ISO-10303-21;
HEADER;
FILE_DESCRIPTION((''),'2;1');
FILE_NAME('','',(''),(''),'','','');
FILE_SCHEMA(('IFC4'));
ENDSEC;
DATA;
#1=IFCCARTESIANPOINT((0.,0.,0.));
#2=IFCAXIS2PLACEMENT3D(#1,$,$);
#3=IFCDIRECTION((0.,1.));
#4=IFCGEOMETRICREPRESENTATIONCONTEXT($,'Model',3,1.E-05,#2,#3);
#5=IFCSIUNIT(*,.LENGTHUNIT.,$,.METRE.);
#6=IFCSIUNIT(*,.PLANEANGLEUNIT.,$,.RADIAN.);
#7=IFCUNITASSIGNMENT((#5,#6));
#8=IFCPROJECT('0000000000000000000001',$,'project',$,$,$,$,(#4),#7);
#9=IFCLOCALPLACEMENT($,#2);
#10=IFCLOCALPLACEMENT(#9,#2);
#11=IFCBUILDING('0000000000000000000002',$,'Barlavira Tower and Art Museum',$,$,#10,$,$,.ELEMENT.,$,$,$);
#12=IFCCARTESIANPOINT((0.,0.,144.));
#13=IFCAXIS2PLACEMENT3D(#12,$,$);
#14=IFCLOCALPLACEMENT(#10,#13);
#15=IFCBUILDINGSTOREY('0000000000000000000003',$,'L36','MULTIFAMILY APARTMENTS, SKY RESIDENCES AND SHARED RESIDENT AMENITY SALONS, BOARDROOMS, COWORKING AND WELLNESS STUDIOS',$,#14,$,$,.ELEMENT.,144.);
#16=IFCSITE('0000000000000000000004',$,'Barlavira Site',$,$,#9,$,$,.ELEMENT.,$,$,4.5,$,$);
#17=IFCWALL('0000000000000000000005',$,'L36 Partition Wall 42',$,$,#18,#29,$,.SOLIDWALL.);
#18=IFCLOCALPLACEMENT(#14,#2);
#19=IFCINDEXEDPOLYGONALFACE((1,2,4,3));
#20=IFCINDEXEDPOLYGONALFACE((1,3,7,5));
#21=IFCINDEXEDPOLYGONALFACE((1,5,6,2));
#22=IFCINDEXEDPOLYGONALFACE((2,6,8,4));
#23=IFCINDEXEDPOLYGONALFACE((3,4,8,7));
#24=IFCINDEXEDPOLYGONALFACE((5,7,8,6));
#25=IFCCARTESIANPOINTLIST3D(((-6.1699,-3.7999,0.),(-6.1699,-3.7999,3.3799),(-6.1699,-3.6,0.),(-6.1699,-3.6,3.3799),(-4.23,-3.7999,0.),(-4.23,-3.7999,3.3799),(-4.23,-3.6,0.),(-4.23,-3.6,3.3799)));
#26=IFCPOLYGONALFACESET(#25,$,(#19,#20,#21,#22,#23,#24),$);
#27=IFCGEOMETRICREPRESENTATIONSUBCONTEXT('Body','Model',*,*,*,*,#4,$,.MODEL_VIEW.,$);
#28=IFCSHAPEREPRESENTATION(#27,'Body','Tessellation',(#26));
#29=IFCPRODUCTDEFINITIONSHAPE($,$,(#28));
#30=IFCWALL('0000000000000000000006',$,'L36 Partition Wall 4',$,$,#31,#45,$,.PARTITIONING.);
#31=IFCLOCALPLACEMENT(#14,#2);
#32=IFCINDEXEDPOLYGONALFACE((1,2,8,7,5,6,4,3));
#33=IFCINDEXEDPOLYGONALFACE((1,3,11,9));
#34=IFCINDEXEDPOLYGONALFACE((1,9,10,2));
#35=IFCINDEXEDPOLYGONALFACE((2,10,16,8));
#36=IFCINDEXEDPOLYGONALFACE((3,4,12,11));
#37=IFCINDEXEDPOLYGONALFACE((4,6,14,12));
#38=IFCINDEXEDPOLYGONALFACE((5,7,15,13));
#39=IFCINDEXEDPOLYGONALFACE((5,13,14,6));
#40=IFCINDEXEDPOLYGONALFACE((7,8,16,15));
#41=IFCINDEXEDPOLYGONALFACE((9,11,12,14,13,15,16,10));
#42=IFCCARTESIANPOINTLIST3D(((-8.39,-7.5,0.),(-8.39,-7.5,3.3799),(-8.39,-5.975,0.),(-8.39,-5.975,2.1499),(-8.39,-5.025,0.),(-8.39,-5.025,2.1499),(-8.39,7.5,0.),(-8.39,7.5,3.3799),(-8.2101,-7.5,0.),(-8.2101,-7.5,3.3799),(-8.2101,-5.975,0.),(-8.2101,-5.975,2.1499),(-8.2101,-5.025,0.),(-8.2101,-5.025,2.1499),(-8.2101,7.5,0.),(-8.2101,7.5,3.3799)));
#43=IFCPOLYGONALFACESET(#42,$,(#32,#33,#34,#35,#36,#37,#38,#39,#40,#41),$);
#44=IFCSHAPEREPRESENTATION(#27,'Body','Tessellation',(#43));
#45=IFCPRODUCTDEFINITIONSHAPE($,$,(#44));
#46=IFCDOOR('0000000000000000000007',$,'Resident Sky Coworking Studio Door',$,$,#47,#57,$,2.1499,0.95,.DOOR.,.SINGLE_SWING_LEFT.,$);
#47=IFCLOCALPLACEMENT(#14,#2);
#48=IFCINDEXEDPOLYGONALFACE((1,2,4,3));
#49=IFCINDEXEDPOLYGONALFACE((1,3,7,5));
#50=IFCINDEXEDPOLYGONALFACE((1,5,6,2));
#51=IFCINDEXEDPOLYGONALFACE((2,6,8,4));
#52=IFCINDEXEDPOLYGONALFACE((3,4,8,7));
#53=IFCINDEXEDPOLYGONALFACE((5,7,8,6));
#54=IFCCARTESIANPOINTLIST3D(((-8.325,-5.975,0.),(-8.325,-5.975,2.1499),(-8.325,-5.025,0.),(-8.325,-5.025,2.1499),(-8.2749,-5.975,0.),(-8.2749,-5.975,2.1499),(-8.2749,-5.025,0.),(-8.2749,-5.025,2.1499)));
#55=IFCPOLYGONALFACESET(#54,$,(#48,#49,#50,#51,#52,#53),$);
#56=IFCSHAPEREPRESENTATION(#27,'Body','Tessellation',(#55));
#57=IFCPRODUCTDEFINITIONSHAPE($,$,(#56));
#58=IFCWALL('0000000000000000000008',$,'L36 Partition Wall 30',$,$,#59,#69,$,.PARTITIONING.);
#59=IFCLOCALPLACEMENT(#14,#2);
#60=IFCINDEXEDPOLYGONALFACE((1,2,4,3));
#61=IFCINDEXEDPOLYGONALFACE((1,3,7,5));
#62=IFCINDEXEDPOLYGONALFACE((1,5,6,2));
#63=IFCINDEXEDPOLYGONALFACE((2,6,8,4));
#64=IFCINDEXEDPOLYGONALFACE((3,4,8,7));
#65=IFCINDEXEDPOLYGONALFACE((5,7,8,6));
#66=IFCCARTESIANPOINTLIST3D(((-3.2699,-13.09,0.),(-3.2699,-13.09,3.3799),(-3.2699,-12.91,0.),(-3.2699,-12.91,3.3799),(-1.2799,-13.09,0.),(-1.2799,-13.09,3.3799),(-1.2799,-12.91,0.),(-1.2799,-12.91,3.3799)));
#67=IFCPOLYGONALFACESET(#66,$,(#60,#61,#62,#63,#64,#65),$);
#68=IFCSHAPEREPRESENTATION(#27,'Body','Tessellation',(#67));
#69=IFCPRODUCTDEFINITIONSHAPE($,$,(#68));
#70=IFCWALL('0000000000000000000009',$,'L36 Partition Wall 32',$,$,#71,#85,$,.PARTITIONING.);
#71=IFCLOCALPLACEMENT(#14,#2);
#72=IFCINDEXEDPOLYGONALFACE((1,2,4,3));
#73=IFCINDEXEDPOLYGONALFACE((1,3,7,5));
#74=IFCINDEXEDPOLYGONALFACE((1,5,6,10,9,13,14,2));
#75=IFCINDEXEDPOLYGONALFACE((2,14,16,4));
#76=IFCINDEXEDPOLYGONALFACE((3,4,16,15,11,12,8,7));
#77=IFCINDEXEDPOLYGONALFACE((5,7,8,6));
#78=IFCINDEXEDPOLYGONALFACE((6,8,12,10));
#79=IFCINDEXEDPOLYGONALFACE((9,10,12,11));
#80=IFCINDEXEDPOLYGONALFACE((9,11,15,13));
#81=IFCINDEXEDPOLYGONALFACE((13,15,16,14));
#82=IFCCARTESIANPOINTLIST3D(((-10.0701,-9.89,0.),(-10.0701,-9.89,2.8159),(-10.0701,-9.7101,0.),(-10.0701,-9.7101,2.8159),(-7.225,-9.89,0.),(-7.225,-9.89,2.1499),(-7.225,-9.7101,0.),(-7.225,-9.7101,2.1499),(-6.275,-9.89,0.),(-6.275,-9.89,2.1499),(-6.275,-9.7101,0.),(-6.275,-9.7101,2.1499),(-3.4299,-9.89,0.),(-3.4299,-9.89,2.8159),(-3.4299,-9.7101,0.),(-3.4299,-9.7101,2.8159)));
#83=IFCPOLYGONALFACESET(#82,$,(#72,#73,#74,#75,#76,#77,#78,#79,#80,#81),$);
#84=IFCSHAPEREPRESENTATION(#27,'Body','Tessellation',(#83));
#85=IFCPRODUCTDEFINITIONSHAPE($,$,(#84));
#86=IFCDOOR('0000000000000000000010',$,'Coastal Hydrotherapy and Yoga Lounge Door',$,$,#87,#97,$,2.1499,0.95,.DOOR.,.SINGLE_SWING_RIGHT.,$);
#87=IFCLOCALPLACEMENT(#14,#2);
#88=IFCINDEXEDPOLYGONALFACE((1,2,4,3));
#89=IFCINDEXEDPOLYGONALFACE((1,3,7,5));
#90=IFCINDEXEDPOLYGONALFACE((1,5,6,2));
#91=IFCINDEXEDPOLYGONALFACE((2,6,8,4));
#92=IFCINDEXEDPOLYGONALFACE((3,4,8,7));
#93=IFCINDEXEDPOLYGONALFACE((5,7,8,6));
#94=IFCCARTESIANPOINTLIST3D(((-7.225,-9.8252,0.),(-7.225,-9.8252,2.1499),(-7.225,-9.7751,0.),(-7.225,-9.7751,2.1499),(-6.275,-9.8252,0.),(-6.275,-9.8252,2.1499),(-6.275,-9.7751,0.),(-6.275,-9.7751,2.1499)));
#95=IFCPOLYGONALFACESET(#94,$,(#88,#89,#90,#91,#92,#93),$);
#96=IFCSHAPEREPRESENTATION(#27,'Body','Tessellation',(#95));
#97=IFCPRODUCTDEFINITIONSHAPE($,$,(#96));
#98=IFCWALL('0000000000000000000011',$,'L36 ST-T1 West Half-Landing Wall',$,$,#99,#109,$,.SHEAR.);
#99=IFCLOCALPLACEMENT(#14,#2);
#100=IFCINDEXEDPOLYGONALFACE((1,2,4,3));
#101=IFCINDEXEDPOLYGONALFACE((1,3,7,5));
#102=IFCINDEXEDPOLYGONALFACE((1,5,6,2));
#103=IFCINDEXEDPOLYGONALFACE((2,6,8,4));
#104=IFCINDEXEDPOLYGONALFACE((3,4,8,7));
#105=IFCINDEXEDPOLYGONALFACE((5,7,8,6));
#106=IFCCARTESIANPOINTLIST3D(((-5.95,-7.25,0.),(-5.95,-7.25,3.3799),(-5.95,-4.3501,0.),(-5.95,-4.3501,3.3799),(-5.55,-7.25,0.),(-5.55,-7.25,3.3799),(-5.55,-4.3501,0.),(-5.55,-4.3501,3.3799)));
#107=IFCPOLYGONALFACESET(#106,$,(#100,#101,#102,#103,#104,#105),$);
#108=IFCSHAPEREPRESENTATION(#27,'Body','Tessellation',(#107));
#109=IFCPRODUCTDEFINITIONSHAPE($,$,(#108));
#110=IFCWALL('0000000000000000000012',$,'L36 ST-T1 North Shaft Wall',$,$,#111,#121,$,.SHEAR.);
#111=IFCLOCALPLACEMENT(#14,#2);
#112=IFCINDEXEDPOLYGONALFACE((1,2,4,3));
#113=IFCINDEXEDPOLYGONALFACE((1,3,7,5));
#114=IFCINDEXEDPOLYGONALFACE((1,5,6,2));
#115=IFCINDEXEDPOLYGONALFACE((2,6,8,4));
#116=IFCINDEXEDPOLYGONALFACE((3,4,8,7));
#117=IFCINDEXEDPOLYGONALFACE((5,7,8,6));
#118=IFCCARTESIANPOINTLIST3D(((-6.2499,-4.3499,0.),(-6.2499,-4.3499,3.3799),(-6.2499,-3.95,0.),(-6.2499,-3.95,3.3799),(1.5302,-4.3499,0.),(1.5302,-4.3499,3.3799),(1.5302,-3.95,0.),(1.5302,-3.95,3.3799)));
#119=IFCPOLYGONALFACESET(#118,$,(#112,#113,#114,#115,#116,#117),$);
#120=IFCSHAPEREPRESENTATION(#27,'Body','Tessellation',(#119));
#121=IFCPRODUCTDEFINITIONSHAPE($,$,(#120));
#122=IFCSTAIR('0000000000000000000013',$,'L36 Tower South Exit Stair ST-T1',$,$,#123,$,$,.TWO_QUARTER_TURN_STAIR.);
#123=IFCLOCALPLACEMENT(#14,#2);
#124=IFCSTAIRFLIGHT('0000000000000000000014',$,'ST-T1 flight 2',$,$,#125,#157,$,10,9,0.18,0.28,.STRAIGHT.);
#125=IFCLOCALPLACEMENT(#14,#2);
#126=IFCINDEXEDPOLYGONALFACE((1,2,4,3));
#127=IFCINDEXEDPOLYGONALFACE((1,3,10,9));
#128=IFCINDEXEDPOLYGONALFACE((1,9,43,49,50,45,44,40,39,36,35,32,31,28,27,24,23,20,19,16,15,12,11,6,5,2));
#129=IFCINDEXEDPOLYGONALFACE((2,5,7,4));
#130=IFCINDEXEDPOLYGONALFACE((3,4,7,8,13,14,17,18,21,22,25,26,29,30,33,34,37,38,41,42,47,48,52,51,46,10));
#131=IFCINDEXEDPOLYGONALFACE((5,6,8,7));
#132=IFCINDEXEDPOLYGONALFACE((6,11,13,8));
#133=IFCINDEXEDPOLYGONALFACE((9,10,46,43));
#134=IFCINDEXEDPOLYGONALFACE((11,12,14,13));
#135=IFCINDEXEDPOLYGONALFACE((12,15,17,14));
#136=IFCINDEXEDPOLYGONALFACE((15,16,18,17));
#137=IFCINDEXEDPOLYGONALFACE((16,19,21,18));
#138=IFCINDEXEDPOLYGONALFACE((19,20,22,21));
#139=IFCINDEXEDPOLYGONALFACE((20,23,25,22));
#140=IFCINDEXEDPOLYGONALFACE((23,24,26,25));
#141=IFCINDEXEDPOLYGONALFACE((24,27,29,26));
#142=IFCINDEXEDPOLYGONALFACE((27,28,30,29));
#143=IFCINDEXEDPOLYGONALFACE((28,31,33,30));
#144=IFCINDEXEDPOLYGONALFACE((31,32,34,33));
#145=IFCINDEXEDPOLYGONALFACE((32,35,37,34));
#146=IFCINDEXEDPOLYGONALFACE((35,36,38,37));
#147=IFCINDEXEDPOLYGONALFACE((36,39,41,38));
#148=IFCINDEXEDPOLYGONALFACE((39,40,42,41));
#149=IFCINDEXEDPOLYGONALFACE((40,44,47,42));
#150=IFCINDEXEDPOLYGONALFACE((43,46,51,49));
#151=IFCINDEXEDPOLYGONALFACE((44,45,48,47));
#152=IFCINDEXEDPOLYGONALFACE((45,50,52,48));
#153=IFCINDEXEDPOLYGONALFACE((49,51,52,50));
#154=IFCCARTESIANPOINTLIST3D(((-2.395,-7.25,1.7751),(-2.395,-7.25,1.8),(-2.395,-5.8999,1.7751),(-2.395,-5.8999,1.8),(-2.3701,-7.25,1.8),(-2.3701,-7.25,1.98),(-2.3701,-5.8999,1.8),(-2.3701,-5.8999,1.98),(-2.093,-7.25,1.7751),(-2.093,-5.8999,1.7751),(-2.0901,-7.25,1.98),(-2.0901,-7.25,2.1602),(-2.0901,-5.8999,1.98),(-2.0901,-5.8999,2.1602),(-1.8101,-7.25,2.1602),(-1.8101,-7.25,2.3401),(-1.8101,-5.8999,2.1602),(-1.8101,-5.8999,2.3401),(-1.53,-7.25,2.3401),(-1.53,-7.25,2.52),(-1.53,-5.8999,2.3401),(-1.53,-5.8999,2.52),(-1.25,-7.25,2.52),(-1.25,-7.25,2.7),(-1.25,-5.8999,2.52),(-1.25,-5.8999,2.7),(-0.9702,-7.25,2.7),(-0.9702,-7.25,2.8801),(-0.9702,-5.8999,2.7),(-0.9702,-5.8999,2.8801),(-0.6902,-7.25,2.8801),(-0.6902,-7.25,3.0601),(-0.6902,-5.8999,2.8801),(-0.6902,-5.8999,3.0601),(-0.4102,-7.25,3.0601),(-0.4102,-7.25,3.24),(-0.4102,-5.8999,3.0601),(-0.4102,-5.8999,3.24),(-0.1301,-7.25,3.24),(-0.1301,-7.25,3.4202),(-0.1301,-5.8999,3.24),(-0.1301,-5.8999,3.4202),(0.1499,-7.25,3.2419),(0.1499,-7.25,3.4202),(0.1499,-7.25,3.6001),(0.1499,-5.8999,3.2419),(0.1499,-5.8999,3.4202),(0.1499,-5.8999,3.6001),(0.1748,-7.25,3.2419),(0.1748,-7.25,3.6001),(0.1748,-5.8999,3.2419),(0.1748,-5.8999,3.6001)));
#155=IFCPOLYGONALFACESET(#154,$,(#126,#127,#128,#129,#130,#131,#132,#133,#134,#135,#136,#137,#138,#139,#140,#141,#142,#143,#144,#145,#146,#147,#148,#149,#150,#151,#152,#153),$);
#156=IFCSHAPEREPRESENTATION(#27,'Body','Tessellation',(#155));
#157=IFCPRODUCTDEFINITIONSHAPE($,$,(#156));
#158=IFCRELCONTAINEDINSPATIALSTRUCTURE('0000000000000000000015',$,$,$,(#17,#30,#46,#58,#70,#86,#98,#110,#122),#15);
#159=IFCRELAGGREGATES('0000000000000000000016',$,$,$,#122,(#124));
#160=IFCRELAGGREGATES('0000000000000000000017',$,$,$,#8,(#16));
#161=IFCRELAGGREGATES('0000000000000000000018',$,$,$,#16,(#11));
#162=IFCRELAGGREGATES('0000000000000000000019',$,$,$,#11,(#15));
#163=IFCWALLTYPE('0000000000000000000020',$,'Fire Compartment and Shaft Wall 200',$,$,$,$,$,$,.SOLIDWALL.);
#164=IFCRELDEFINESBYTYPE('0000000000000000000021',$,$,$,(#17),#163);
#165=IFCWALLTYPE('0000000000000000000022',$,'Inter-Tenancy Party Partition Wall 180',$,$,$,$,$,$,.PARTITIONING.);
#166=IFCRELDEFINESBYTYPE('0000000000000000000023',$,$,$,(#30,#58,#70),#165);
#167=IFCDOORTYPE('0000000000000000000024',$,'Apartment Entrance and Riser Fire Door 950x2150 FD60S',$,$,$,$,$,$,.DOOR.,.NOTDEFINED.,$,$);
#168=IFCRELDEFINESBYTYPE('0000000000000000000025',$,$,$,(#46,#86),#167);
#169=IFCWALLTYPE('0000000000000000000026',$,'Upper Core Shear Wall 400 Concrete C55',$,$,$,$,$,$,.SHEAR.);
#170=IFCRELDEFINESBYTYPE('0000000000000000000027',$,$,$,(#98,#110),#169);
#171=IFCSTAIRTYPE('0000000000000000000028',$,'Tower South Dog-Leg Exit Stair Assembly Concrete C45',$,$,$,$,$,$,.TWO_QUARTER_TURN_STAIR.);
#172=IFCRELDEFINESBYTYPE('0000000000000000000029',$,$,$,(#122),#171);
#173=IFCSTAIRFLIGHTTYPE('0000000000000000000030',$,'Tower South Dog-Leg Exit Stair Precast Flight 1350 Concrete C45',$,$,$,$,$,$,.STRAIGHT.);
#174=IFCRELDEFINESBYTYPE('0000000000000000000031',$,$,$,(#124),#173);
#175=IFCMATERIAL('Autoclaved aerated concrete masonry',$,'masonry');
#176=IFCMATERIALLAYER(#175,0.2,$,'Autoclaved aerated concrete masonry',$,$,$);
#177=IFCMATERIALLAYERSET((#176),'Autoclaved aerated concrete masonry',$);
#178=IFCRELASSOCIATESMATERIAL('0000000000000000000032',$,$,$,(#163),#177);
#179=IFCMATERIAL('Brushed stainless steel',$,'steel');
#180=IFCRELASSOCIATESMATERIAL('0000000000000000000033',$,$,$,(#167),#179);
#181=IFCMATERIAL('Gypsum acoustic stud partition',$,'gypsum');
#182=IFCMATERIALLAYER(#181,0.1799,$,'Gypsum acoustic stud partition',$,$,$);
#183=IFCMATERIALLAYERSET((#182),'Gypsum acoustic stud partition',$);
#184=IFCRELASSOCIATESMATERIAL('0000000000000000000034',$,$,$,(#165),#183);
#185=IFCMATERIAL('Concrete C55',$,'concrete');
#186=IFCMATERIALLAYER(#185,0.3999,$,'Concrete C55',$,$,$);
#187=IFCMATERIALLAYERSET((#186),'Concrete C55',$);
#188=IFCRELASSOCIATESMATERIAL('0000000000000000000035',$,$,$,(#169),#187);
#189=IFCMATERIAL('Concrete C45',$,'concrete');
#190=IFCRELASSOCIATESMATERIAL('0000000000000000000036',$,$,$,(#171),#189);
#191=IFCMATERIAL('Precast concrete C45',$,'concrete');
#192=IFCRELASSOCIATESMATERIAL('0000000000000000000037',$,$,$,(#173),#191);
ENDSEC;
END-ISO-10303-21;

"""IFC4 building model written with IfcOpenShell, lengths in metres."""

from ifc_helpers import new_model, si_unit, direction, frame, frame_2d, origin, place, context, subcontext, project, spatial, polyline, rectangle, outline, extrude, material, layer, layer_set, type_object, element, fill, aggregate, save


model = new_model("IFC4")

# Units and contexts
model_context = context("Model", 3, precision=1e-05, world=origin(), true_north=direction((0.0, 1.0)))
body_context = subcontext(model_context, "Body", "Model", "MODEL_VIEW")
ifc_project = project(units=[si_unit("LENGTHUNIT", "METRE"), si_unit("PLANEANGLEUNIT", "RADIAN")], contexts=[model_context])

# Site, building, storey
site_placement = place(None, origin())
site = spatial("IfcSite", under=ifc_project, at=site_placement, Name="Barlavira Site", CompositionType="ELEMENT", RefElevation=4.5)
building_placement = place(site_placement, origin())
building = spatial("IfcBuilding", under=site, at=building_placement, Name="Barlavira Tower and Art Museum", CompositionType="ELEMENT")
storey_placement = place(building_placement, frame((0.0, 0.0, 144.0)))
storey = spatial("IfcBuildingStorey", under=building, at=storey_placement, Name="L36", Description="MULTIFAMILY APARTMENTS, SKY RESIDENCES AND SHARED RESIDENT AMENITY SALONS, BOARDROOMS, COWORKING AND WELLNESS STUDIOS", CompositionType="ELEMENT", Elevation=144.0)

# Shared definitions
ifc_material_1 = material(Name="Autoclaved aerated concrete masonry", Category="masonry")
ifc_layer_1 = layer(ifc_material_1, 0.2, Name="Autoclaved aerated concrete masonry")
ifc_layer_set_1 = layer_set([ifc_layer_1], Name="Autoclaved aerated concrete masonry")
wall_type_1 = type_object("IfcWallType", Name="Fire Compartment and Shaft Wall 200", PredefinedType="SOLIDWALL", material=ifc_layer_set_1)

# Shared definitions
ifc_material_2 = material(Name="Brushed stainless steel", Category="steel")
door_type = type_object("IfcDoorType", Name="Apartment Entrance and Riser Fire Door 950x2150 FD60S", OperationType="NOTDEFINED", PredefinedType="DOOR", material=ifc_material_2)

# Wall
wall_1_placement = place(storey_placement, frame((-6.1699, -3.7, 0.0), z_axis=(0.0, 0.0, 1.0), x_axis=(1.0, 0.0, 0.0)))
element("IfcWall", 1, at=wall_1_placement, inside=storey, type_object=wall_type_1, Name="L36 Partition Wall 42", PredefinedType="SOLIDWALL", context=body_context, shape_type="SweptSolid", body=[
    extrude(rectangle(XDim=1.9399, YDim=0.2, at=frame_2d((0.97, 0.0))), origin(), (0.0, 0.0, 1.0), 3.3799),
])

# Wall, opening, door
ifc_material_3 = material(Name="Gypsum acoustic stud partition", Category="gypsum")
ifc_layer_2 = layer(ifc_material_3, 0.1799, Name="Gypsum acoustic stud partition")
ifc_layer_set_2 = layer_set([ifc_layer_2], Name="Gypsum acoustic stud partition")
wall_type_2 = type_object("IfcWallType", Name="Inter-Tenancy Party Partition Wall 180", PredefinedType="PARTITIONING", material=ifc_layer_set_2)
wall_2_placement = place(storey_placement, frame((-8.3, -7.5, 0.0), z_axis=(0.0, 0.0, 1.0), x_axis=(0.0, 1.0, 0.0)))
wall_2 = element("IfcWall", 2, at=wall_2_placement, inside=storey, type_object=wall_type_2, Name="L36 Partition Wall 4", PredefinedType="PARTITIONING", context=body_context, shape_type="SweptSolid", body=[
    extrude(rectangle(XDim=15.0, YDim=0.1799, at=frame_2d((7.5, 0.0))), origin(), (0.0, 0.0, 1.0), 3.3799),
])
opening_1_placement = place(wall_2_placement, frame((1.5249, 0.0, 0.0)))
opening_1 = element("IfcOpeningElement", 3, at=opening_1_placement, cuts=wall_2, PredefinedType="OPENING", context=body_context, shape_type="SweptSolid", body=[
    extrude(rectangle(XDim=0.95, YDim=2.1499, at=frame_2d((0.4751, 1.075))), frame((0.0, 0.1001, 0.0), z_axis=(0.0, -1.0, 0.0), x_axis=(1.0, 0.0, 0.0)), (0.0, 0.0, 1.0), 0.2),
])
door_1_placement = place(opening_1_placement, origin())
door_1 = element("IfcDoor", 4, at=door_1_placement, inside=storey, type_object=door_type, Name="Resident Sky Coworking Studio Door", OperationType="SINGLE_SWING_LEFT", OverallHeight=2.1499, OverallWidth=0.95, PredefinedType="DOOR", context=body_context, shape_type="SweptSolid", body=[
    extrude(rectangle(XDim=0.95, YDim=2.1499, at=frame_2d((0.4751, 1.075))), frame((0.0, 0.0249, 0.0), z_axis=(0.0, -1.0, 0.0), x_axis=(1.0, 0.0, 0.0)), (0.0, 0.0, 1.0), 0.05),
])
fill(opening_1, door_1)

# Wall
wall_3_placement = place(storey_placement, frame((-3.27, -13.0, 0.0), z_axis=(0.0, 0.0, 1.0), x_axis=(1.0, 0.0, 0.0)))
element("IfcWall", 5, at=wall_3_placement, inside=storey, type_object=wall_type_2, Name="L36 Partition Wall 30", PredefinedType="PARTITIONING", context=body_context, shape_type="SweptSolid", body=[
    extrude(rectangle(XDim=1.99, YDim=0.1799, at=frame_2d((0.9951, 0.0))), origin(), (0.0, 0.0, 1.0), 3.3799),
])

# Wall, opening, door
wall_4_placement = place(storey_placement, frame((-10.0701, -9.8, 0.0), z_axis=(0.0, 0.0, 1.0), x_axis=(1.0, 0.0, 0.0)))
wall_4 = element("IfcWall", 6, at=wall_4_placement, inside=storey, type_object=wall_type_2, Name="L36 Partition Wall 32", PredefinedType="PARTITIONING", context=body_context, shape_type="SweptSolid", body=[
    extrude(rectangle(XDim=6.6401, YDim=0.1799, at=frame_2d((3.3201, 0.0))), origin(), (0.0, 0.0, 1.0), 2.8159),
])
opening_2_placement = place(wall_4_placement, frame((2.845, 0.0, 0.0)))
opening_2 = element("IfcOpeningElement", 7, at=opening_2_placement, cuts=wall_4, PredefinedType="OPENING", context=body_context, shape_type="SweptSolid", body=[
    extrude(rectangle(XDim=0.95, YDim=2.1499, at=frame_2d((0.4751, 1.075))), frame((0.0, 0.1001, 0.0), z_axis=(0.0, -1.0, 0.0), x_axis=(1.0, 0.0, 0.0)), (0.0, 0.0, 1.0), 0.2),
])
door_2_placement = place(opening_2_placement, origin())
door_2 = element("IfcDoor", 8, at=door_2_placement, inside=storey, type_object=door_type, Name="Coastal Hydrotherapy and Yoga Lounge Door", OperationType="SINGLE_SWING_RIGHT", OverallHeight=2.1499, OverallWidth=0.95, PredefinedType="DOOR", context=body_context, shape_type="SweptSolid", body=[
    extrude(rectangle(XDim=0.95, YDim=2.1499, at=frame_2d((0.4751, 1.075))), frame((0.0, 0.0249, 0.0), z_axis=(0.0, -1.0, 0.0), x_axis=(1.0, 0.0, 0.0)), (0.0, 0.0, 1.0), 0.05),
])
fill(opening_2, door_2)

# Walls
ifc_material_4 = material(Name="Concrete C55", Category="concrete")
ifc_layer_3 = layer(ifc_material_4, 0.3999, Name="Concrete C55")
ifc_layer_set_3 = layer_set([ifc_layer_3], Name="Concrete C55")
wall_type_3 = type_object("IfcWallType", Name="Upper Core Shear Wall 400 Concrete C55", PredefinedType="SHEAR", material=ifc_layer_set_3)
wall_5_placement = place(storey_placement, frame((-5.75, -7.25, 0.0), z_axis=(0.0, 0.0, 1.0), x_axis=(0.0, 1.0, 0.0)))
element("IfcWall", 9, at=wall_5_placement, inside=storey, type_object=wall_type_3, Name="L36 ST-T1 West Half-Landing Wall", PredefinedType="SHEAR", context=body_context, shape_type="SweptSolid", body=[
    extrude(rectangle(XDim=2.8999, YDim=0.3999, at=frame_2d((1.45, 0.0))), origin(), (0.0, 0.0, 1.0), 3.3799),
])
wall_6_placement = place(storey_placement, frame((-6.25, -4.1499, 0.0), z_axis=(0.0, 0.0, 1.0), x_axis=(1.0, 0.0, 0.0)))
element("IfcWall", 10, at=wall_6_placement, inside=storey, type_object=wall_type_3, Name="L36 ST-T1 North Shaft Wall", PredefinedType="SHEAR", context=body_context, shape_type="SweptSolid", body=[
    extrude(rectangle(XDim=7.78, YDim=0.3999, at=frame_2d((3.8901, 0.0))), origin(), (0.0, 0.0, 1.0), 3.3799),
])

# Stair, stair flight
ifc_material_5 = material(Name="Concrete C45", Category="concrete")
stair_type = type_object("IfcStairType", Name="Tower South Dog-Leg Exit Stair Assembly Concrete C45", PredefinedType="TWO_QUARTER_TURN_STAIR", material=ifc_material_5)
stair_placement = place(storey_placement, origin())
stair = element("IfcStair", 11, at=stair_placement, inside=storey, type_object=stair_type, Name="L36 Tower South Exit Stair ST-T1", PredefinedType="TWO_QUARTER_TURN_STAIR")
ifc_material_6 = material(Name="Precast concrete C45", Category="concrete")
stair_flight_type = type_object("IfcStairFlightType", Name="Tower South Dog-Leg Exit Stair Precast Flight 1350 Concrete C45", PredefinedType="STRAIGHT", material=ifc_material_6)
stair_flight_placement = place(storey_placement, frame((-2.3701, -6.575, 1.8), z_axis=(0.0, 0.0, 1.0), x_axis=(1.0, 0.0, 0.0)))
stair_flight = element("IfcStairFlight", 12, at=stair_flight_placement, type_object=stair_flight_type, Name="ST-T1 flight 2", NumberOfRisers=10, NumberOfTreads=9, PredefinedType="STRAIGHT", RiserHeight=0.18, TreadLength=0.28, context=body_context, shape_type="SweptSolid", body=[
    extrude(outline(polyline([(-0.0249, 0.0), (0.0, 0.0), (0.0, 0.1799), (0.28, 0.1799), (0.28, 0.3601), (0.5601, 0.3601), (0.5601, 0.54), (0.8401, 0.54), (0.8401, 0.72), (1.1201, 0.72), (1.1201, 0.8999), (1.3999, 0.8999), (1.3999, 1.0801), (1.6799, 1.0801), (1.6799, 1.26), (1.96, 1.26), (1.96, 1.4399), (2.24, 1.4399), (2.24, 1.6201), (2.52, 1.6201), (2.52, 1.8), (2.5449, 1.8), (2.5449, 1.4419), (2.52, 1.4419), (0.2771, -0.0249), (-0.0249, -0.0249), (-0.0249, 0.0)])), frame((0.0, 0.675, 0.0), z_axis=(0.0, -1.0, 0.0), x_axis=(1.0, 0.0, 0.0)), (0.0, 0.0, 1.0), 1.3501),
])
aggregate(stair, [stair_flight])

save(model, "model.ifc")
